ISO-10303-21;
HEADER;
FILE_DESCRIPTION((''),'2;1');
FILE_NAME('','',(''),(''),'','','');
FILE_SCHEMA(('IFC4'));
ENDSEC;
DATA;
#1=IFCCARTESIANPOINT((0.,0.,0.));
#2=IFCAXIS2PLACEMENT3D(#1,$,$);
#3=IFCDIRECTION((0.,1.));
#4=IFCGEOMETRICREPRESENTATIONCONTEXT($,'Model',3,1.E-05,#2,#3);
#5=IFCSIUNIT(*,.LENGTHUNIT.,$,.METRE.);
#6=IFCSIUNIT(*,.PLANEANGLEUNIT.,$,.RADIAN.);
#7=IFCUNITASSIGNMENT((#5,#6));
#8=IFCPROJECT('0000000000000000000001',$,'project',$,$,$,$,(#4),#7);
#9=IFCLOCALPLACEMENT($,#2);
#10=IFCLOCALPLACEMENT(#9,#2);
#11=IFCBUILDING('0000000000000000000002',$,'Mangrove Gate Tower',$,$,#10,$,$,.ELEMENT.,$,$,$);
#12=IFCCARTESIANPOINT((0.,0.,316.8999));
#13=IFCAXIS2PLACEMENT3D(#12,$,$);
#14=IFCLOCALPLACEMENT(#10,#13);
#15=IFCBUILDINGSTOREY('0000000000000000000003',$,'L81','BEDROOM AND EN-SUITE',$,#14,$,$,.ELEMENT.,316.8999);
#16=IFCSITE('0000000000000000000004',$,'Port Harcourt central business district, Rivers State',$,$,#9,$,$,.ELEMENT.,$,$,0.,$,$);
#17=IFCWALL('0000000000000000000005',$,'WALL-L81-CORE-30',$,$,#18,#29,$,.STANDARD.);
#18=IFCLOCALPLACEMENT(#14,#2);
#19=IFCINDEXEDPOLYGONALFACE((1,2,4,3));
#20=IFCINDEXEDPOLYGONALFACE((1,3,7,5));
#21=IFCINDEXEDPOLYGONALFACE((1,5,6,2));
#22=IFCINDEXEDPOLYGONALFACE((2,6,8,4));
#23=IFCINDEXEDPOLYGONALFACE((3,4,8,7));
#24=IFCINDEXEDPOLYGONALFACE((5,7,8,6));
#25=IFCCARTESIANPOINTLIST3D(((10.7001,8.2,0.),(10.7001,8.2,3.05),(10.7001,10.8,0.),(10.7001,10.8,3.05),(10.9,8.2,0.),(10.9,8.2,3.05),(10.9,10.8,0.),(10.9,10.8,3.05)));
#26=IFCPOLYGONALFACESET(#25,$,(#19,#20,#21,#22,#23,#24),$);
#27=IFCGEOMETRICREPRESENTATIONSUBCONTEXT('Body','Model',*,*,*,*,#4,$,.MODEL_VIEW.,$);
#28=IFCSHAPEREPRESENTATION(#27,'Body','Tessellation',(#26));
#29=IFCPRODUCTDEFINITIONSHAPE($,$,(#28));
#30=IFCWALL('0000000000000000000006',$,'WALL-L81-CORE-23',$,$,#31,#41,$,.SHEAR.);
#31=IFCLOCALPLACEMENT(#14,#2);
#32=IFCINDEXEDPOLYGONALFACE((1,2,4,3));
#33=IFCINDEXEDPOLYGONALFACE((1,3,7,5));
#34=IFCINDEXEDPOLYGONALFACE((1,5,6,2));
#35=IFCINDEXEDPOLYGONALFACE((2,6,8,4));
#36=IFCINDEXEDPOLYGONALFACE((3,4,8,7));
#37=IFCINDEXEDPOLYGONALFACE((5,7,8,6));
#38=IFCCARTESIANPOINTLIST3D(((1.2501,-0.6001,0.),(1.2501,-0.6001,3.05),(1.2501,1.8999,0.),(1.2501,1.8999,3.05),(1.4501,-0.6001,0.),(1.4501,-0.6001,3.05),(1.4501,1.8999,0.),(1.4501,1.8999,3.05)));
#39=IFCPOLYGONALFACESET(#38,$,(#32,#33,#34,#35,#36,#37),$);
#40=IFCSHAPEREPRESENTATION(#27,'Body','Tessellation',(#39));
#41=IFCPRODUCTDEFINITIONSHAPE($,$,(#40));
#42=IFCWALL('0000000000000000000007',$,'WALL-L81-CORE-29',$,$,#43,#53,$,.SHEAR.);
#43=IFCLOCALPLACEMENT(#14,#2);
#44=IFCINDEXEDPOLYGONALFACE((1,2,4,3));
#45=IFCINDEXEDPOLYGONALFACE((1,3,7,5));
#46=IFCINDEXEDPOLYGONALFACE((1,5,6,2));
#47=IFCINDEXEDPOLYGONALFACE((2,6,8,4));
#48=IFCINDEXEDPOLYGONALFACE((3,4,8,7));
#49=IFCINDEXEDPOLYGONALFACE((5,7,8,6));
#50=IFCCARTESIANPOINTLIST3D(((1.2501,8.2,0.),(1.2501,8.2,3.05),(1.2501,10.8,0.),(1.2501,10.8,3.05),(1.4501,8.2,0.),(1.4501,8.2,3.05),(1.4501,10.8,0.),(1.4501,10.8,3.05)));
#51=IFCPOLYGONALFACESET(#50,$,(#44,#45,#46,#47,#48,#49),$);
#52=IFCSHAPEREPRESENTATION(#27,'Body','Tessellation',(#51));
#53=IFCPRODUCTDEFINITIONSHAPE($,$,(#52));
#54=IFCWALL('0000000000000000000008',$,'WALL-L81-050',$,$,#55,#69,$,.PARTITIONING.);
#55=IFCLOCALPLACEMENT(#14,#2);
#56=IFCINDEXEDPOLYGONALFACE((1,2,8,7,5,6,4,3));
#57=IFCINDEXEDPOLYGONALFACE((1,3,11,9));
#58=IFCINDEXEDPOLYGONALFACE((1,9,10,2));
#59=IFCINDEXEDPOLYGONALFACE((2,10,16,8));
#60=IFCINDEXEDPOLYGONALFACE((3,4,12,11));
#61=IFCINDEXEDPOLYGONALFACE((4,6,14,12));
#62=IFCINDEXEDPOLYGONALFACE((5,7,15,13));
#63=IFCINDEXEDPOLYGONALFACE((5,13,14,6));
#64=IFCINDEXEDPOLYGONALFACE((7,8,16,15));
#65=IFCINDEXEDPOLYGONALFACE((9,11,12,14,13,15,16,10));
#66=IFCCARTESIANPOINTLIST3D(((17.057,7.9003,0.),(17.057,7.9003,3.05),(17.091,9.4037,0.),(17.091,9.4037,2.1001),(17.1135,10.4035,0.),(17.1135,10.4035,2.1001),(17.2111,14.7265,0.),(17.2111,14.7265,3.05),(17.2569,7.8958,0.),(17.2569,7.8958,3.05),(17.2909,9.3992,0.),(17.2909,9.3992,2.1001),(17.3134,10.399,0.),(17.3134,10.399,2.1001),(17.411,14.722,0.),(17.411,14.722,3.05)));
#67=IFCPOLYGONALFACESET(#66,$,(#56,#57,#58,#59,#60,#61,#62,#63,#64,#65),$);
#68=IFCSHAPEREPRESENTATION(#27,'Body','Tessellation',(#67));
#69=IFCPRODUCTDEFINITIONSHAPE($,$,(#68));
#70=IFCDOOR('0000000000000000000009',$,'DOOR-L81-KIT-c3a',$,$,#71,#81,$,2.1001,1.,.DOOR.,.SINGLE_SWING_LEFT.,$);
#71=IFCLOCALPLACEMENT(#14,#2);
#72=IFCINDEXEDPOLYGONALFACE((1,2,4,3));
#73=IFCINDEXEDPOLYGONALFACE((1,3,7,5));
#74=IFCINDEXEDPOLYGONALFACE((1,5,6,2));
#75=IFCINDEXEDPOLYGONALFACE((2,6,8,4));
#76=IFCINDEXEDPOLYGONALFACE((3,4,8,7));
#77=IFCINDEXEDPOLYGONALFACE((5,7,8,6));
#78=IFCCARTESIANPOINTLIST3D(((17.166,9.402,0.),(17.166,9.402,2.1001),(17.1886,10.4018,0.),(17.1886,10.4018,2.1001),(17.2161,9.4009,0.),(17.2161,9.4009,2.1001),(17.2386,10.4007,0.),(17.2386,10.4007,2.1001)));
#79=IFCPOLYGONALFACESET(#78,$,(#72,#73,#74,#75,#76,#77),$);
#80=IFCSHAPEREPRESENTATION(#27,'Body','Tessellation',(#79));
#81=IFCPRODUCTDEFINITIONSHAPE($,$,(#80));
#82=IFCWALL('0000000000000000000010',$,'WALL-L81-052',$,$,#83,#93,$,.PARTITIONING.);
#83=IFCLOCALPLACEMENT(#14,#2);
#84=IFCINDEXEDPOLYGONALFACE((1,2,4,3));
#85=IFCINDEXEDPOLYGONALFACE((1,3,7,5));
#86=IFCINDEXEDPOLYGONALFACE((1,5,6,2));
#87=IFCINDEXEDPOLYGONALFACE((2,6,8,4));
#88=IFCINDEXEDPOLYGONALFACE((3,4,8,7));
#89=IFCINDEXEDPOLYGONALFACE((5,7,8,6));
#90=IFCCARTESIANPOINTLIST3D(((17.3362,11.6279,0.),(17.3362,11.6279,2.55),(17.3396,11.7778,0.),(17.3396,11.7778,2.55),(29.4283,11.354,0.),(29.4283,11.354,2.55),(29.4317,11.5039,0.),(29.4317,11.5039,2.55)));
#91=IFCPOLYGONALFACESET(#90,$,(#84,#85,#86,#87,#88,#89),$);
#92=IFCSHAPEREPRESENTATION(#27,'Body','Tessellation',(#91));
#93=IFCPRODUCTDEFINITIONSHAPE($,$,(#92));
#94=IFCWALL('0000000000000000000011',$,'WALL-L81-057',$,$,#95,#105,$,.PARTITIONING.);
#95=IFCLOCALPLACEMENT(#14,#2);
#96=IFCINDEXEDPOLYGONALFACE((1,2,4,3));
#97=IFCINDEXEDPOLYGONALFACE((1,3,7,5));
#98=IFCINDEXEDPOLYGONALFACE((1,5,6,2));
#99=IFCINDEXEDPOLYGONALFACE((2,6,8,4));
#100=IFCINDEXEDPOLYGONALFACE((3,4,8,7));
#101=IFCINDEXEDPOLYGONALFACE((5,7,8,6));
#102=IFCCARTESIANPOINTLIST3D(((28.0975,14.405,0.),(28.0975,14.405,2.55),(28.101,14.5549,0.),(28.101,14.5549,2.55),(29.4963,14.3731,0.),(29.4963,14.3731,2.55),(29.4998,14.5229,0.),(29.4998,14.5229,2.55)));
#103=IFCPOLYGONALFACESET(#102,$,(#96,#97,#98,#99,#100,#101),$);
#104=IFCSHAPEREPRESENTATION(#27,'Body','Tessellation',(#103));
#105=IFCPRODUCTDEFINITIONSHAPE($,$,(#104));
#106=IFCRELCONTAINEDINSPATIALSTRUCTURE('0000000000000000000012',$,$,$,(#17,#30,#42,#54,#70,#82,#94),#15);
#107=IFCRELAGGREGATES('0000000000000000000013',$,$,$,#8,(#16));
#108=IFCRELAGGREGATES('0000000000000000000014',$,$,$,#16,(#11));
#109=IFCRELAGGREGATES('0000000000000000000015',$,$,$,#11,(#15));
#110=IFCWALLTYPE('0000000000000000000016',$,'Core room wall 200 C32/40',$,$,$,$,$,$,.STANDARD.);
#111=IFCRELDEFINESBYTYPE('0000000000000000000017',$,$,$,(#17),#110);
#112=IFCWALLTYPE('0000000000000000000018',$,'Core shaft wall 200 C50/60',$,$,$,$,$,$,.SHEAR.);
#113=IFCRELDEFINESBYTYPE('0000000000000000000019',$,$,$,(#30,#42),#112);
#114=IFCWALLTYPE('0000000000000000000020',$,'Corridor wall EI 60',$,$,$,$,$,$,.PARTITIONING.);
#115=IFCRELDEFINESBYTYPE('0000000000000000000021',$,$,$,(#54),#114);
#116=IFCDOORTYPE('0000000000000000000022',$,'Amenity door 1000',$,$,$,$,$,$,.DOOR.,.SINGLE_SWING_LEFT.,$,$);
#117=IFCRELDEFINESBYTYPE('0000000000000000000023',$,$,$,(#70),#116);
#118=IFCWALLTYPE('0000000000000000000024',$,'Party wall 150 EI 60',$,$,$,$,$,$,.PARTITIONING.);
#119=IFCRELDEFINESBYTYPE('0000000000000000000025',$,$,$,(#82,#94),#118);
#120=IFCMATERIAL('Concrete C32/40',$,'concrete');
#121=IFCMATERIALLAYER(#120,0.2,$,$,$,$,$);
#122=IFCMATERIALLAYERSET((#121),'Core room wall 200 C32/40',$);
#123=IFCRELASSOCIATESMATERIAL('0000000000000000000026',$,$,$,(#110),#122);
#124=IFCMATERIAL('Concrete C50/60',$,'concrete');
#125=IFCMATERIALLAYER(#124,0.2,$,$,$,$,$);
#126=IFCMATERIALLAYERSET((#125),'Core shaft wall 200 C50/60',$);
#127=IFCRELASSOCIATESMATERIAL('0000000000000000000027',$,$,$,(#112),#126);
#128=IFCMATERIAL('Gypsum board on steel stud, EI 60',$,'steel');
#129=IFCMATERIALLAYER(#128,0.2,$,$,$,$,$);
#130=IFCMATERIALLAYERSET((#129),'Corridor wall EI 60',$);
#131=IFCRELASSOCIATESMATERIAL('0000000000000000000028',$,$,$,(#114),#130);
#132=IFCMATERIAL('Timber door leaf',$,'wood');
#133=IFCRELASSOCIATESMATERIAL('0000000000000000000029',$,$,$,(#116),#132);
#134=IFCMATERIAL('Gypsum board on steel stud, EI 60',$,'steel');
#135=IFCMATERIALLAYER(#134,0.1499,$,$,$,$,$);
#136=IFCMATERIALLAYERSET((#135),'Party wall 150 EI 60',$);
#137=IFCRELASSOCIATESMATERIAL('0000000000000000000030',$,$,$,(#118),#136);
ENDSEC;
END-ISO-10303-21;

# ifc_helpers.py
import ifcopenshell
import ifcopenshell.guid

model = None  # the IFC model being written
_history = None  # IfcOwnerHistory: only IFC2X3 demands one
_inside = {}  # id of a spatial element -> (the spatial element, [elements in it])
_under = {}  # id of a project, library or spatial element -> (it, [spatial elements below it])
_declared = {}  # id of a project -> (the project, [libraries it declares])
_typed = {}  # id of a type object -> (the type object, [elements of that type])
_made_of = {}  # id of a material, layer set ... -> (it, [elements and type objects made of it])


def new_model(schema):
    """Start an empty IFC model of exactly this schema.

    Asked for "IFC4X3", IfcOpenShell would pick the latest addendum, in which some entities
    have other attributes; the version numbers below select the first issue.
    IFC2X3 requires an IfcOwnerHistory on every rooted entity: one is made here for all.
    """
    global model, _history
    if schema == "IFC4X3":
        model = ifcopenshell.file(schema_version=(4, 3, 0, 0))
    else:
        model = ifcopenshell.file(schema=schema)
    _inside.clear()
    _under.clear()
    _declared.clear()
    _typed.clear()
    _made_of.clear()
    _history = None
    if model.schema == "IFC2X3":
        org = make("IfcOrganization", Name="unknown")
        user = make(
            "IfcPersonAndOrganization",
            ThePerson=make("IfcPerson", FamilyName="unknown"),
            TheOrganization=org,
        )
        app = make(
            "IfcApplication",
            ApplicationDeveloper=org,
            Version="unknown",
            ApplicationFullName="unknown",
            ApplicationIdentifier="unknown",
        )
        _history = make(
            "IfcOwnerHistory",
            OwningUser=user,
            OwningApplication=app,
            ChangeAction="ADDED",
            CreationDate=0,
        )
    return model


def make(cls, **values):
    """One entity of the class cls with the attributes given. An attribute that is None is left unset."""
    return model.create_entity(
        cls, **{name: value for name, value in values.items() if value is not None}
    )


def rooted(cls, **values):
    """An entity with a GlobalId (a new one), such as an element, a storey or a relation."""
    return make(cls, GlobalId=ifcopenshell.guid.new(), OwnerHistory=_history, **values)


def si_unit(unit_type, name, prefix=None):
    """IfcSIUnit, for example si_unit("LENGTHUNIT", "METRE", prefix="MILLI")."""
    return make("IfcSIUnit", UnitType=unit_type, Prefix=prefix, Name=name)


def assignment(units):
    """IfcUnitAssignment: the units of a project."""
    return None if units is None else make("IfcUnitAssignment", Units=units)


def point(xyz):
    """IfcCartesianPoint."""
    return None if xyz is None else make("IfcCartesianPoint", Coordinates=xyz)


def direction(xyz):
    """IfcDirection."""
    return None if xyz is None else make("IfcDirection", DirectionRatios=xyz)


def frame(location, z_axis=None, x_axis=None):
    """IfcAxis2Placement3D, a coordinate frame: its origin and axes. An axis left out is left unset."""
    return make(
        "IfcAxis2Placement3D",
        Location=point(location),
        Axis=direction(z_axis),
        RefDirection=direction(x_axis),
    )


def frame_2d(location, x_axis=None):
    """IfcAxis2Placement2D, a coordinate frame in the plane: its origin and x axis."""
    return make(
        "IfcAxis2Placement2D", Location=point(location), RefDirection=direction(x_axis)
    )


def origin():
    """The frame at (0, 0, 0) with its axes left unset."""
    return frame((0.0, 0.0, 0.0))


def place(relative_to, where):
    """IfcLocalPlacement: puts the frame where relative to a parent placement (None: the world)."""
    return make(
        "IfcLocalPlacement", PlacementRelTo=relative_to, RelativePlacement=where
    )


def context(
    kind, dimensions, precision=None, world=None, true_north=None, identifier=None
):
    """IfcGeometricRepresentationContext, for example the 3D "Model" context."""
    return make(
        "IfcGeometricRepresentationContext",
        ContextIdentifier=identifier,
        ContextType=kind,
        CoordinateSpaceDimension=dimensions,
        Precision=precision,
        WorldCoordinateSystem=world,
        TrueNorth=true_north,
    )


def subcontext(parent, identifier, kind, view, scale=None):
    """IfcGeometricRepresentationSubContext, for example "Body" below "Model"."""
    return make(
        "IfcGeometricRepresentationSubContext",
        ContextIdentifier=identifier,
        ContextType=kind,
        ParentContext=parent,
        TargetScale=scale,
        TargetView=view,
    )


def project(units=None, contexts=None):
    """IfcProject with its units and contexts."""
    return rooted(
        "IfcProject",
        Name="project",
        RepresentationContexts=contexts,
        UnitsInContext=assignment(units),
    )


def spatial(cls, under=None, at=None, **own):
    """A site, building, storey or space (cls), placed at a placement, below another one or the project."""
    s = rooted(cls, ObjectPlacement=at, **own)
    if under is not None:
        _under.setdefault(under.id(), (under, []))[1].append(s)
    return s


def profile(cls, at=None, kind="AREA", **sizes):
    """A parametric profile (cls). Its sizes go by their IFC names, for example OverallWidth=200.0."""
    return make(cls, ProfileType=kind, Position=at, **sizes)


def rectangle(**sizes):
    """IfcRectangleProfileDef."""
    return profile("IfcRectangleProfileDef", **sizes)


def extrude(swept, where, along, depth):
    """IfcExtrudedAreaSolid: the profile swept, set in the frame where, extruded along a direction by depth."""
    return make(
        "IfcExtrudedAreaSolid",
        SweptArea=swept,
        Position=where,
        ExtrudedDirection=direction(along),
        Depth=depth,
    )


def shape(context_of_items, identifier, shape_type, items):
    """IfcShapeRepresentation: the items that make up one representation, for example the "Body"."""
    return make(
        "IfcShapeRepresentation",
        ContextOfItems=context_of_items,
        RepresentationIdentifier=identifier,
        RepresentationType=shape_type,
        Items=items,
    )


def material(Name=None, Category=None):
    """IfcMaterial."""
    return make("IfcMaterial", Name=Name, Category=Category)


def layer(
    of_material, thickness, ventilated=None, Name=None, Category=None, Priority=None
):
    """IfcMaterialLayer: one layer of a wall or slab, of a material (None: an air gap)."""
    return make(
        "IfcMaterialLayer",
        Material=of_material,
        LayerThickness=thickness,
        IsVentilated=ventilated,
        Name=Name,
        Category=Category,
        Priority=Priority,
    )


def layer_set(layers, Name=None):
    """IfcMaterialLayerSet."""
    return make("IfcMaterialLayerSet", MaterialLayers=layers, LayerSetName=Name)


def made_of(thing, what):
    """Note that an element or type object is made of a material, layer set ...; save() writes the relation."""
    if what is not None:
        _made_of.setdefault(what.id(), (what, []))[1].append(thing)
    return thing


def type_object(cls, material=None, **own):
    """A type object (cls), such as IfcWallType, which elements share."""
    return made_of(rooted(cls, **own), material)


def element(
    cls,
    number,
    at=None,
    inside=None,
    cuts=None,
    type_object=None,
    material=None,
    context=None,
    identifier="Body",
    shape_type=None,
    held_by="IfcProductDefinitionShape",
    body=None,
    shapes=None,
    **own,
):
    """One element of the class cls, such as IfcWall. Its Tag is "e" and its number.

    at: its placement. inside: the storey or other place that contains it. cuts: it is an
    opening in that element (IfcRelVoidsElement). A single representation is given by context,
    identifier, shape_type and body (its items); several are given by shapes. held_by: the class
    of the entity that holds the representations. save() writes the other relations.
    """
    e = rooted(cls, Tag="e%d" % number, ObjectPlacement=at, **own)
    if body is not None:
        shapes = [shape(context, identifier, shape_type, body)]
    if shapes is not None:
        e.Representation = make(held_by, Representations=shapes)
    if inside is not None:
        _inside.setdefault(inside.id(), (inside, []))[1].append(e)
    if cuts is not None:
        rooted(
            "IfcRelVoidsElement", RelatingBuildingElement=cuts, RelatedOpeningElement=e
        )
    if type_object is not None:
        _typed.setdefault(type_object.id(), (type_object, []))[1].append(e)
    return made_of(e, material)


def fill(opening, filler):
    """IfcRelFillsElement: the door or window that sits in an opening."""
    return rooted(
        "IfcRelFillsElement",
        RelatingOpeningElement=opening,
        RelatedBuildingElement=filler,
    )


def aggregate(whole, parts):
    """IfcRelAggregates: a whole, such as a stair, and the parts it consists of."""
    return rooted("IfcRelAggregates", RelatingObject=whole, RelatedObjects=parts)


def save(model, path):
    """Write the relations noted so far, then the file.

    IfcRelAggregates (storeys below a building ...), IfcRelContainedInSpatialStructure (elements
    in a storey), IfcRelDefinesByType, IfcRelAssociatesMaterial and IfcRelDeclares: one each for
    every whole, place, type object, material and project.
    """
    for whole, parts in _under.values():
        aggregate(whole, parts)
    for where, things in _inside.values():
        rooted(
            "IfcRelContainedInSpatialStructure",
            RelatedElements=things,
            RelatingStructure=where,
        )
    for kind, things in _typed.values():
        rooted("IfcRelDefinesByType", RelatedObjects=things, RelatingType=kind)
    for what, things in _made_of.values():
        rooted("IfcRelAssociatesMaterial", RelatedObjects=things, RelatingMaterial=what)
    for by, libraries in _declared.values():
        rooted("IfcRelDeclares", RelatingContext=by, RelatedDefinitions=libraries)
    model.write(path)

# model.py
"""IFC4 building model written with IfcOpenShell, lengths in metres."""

from ifc_helpers import new_model, si_unit, direction, frame, frame_2d, origin, place, context, subcontext, project, spatial, rectangle, extrude, material, layer, layer_set, type_object, element, fill, save


model = new_model("IFC4")

# Units and contexts
model_context = context("Model", 3, precision=1e-05, world=origin(), true_north=direction((0.0, 1.0)))
body_context = subcontext(model_context, "Body", "Model", "MODEL_VIEW")
ifc_project = project(units=[si_unit("LENGTHUNIT", "METRE"), si_unit("PLANEANGLEUNIT", "RADIAN")], contexts=[model_context])

# Site, building, storey
site_placement = place(None, origin())
site = spatial("IfcSite", under=ifc_project, at=site_placement, Name="Port Harcourt central business district, Rivers State", CompositionType="ELEMENT", RefElevation=0.0)
building_placement = place(site_placement, origin())
building = spatial("IfcBuilding", under=site, at=building_placement, Name="Mangrove Gate Tower", CompositionType="ELEMENT")
storey_placement = place(building_placement, frame((0.0, 0.0, 316.8999)))
storey = spatial("IfcBuildingStorey", under=building, at=storey_placement, Name="L81", Description="BEDROOM AND EN-SUITE", CompositionType="ELEMENT", Elevation=316.8999)

# Walls
ifc_material_1 = material(Name="Concrete C32/40", Category="concrete")
ifc_layer_1 = layer(ifc_material_1, 0.2)
ifc_layer_set_1 = layer_set([ifc_layer_1], Name="Core room wall 200 C32/40")
wall_type_1 = type_object("IfcWallType", Name="Core room wall 200 C32/40", PredefinedType="STANDARD", material=ifc_layer_set_1)
wall_1_placement = place(storey_placement, frame((10.8, 8.2, 0.0), z_axis=(0.0, 0.0, 1.0), x_axis=(0.0, 1.0, 0.0)))
element("IfcWall", 1, at=wall_1_placement, inside=storey, type_object=wall_type_1, Name="WALL-L81-CORE-30", PredefinedType="STANDARD", context=body_context, shape_type="SweptSolid", body=[
    extrude(rectangle(XDim=2.6001, YDim=0.2, at=frame_2d((1.3, 0.0))), origin(), (0.0, 0.0, 1.0), 3.05),
])
ifc_material_2 = material(Name="Concrete C50/60", Category="concrete")
ifc_layer_2 = layer(ifc_material_2, 0.2)
ifc_layer_set_2 = layer_set([ifc_layer_2], Name="Core shaft wall 200 C50/60")
wall_type_2 = type_object("IfcWallType", Name="Core shaft wall 200 C50/60", PredefinedType="SHEAR", material=ifc_layer_set_2)
wall_2_placement = place(storey_placement, frame((1.3501, -0.6001, 0.0), z_axis=(0.0, 0.0, 1.0), x_axis=(0.0, 1.0, 0.0)))
element("IfcWall", 2, at=wall_2_placement, inside=storey, type_object=wall_type_2, Name="WALL-L81-CORE-23", PredefinedType="SHEAR", context=body_context, shape_type="SweptSolid", body=[
    extrude(rectangle(XDim=2.5, YDim=0.2, at=frame_2d((1.25, 0.0))), origin(), (0.0, 0.0, 1.0), 3.05),
])
wall_3_placement = place(storey_placement, frame((1.3501, 8.2, 0.0), z_axis=(0.0, 0.0, 1.0), x_axis=(0.0, 1.0, 0.0)))
element("IfcWall", 3, at=wall_3_placement, inside=storey, type_object=wall_type_2, Name="WALL-L81-CORE-29", PredefinedType="SHEAR", context=body_context, shape_type="SweptSolid", body=[
    extrude(rectangle(XDim=2.6001, YDim=0.2, at=frame_2d((1.3, 0.0))), origin(), (0.0, 0.0, 1.0), 3.05),
])

# Wall, opening, door
ifc_material_3 = material(Name="Gypsum board on steel stud, EI 60", Category="steel")
ifc_layer_3 = layer(ifc_material_3, 0.2)
ifc_layer_set_3 = layer_set([ifc_layer_3], Name="Corridor wall EI 60")
wall_type_3 = type_object("IfcWallType", Name="Corridor wall EI 60", PredefinedType="PARTITIONING", material=ifc_layer_set_3)
wall_4_placement = place(storey_placement, frame((17.157, 7.8979, 0.0), z_axis=(0.0, 0.0, 1.0), x_axis=(0.022562, 0.999745, 0.0)))
wall_4 = element("IfcWall", 4, at=wall_4_placement, inside=storey, type_object=wall_type_3, Name="WALL-L81-050", PredefinedType="PARTITIONING", context=body_context, shape_type="SweptSolid", body=[
    extrude(rectangle(XDim=6.8279, YDim=0.2, at=frame_2d((3.4141, 0.0))), origin(), (0.0, 0.0, 1.0), 3.05),
])
opening_placement = place(wall_4_placement, frame((1.5039, 0.0, 0.0)))
opening = element("IfcOpeningElement", 5, at=opening_placement, cuts=wall_4, PredefinedType="OPENING", context=body_context, shape_type="SweptSolid", body=[
    extrude(rectangle(XDim=1.0, YDim=2.1001, at=frame_2d((0.5, 1.05))), frame((0.0, 0.1099, 0.0), z_axis=(0.0, -1.0, 0.0), x_axis=(1.0, 0.0, 0.0)), (0.0, 0.0, 1.0), 0.22),
])
ifc_material_4 = material(Name="Timber door leaf", Category="wood")
door_type = type_object("IfcDoorType", Name="Amenity door 1000", OperationType="SINGLE_SWING_LEFT", PredefinedType="DOOR", material=ifc_material_4)
door_placement = place(opening_placement, origin())
door = element("IfcDoor", 6, at=door_placement, inside=storey, type_object=door_type, Name="DOOR-L81-KIT-c3a", OperationType="SINGLE_SWING_LEFT", OverallHeight=2.1001, OverallWidth=1.0, PredefinedType="DOOR", context=body_context, shape_type="SweptSolid", body=[
    extrude(rectangle(XDim=1.0, YDim=2.1001, at=frame_2d((0.5, 1.05))), frame((0.0, 0.0249, 0.0), z_axis=(0.0, -1.0, 0.0), x_axis=(1.0, 0.0, 0.0)), (0.0, 0.0, 1.0), 0.05),
])
fill(opening, door)

# Walls
ifc_material_5 = material(Name="Gypsum board on steel stud, EI 60", Category="steel")
ifc_layer_4 = layer(ifc_material_5, 0.1499)
ifc_layer_set_4 = layer_set([ifc_layer_4], Name="Party wall 150 EI 60")
wall_type_4 = type_object("IfcWallType", Name="Party wall 150 EI 60", PredefinedType="PARTITIONING", material=ifc_layer_set_4)
wall_5_placement = place(storey_placement, frame((17.3379, 11.7029, 0.0), z_axis=(0.0, 0.0, 1.0), x_axis=(0.999744, -0.022648, 0.0)))
element("IfcWall", 7, at=wall_5_placement, inside=storey, type_object=wall_type_4, Name="WALL-L81-052", PredefinedType="PARTITIONING", context=body_context, shape_type="SweptSolid", body=[
    extrude(rectangle(XDim=12.0952, YDim=0.1499, at=frame_2d((6.0476, 0.0))), origin(), (0.0, 0.0, 1.0), 2.55),
])
wall_6_placement = place(storey_placement, frame((28.0991, 14.48, 0.0), z_axis=(0.0, 0.0, 1.0), x_axis=(0.999739, -0.022856, 0.0)))
element("IfcWall", 8, at=wall_6_placement, inside=storey, type_object=wall_type_4, Name="WALL-L81-057", PredefinedType="PARTITIONING", context=body_context, shape_type="SweptSolid", body=[
    extrude(rectangle(XDim=1.3992, YDim=0.1499, at=frame_2d((0.6997, 0.0))), origin(), (0.0, 0.0, 1.0), 2.55),
])

save(model, "model.ifc")
